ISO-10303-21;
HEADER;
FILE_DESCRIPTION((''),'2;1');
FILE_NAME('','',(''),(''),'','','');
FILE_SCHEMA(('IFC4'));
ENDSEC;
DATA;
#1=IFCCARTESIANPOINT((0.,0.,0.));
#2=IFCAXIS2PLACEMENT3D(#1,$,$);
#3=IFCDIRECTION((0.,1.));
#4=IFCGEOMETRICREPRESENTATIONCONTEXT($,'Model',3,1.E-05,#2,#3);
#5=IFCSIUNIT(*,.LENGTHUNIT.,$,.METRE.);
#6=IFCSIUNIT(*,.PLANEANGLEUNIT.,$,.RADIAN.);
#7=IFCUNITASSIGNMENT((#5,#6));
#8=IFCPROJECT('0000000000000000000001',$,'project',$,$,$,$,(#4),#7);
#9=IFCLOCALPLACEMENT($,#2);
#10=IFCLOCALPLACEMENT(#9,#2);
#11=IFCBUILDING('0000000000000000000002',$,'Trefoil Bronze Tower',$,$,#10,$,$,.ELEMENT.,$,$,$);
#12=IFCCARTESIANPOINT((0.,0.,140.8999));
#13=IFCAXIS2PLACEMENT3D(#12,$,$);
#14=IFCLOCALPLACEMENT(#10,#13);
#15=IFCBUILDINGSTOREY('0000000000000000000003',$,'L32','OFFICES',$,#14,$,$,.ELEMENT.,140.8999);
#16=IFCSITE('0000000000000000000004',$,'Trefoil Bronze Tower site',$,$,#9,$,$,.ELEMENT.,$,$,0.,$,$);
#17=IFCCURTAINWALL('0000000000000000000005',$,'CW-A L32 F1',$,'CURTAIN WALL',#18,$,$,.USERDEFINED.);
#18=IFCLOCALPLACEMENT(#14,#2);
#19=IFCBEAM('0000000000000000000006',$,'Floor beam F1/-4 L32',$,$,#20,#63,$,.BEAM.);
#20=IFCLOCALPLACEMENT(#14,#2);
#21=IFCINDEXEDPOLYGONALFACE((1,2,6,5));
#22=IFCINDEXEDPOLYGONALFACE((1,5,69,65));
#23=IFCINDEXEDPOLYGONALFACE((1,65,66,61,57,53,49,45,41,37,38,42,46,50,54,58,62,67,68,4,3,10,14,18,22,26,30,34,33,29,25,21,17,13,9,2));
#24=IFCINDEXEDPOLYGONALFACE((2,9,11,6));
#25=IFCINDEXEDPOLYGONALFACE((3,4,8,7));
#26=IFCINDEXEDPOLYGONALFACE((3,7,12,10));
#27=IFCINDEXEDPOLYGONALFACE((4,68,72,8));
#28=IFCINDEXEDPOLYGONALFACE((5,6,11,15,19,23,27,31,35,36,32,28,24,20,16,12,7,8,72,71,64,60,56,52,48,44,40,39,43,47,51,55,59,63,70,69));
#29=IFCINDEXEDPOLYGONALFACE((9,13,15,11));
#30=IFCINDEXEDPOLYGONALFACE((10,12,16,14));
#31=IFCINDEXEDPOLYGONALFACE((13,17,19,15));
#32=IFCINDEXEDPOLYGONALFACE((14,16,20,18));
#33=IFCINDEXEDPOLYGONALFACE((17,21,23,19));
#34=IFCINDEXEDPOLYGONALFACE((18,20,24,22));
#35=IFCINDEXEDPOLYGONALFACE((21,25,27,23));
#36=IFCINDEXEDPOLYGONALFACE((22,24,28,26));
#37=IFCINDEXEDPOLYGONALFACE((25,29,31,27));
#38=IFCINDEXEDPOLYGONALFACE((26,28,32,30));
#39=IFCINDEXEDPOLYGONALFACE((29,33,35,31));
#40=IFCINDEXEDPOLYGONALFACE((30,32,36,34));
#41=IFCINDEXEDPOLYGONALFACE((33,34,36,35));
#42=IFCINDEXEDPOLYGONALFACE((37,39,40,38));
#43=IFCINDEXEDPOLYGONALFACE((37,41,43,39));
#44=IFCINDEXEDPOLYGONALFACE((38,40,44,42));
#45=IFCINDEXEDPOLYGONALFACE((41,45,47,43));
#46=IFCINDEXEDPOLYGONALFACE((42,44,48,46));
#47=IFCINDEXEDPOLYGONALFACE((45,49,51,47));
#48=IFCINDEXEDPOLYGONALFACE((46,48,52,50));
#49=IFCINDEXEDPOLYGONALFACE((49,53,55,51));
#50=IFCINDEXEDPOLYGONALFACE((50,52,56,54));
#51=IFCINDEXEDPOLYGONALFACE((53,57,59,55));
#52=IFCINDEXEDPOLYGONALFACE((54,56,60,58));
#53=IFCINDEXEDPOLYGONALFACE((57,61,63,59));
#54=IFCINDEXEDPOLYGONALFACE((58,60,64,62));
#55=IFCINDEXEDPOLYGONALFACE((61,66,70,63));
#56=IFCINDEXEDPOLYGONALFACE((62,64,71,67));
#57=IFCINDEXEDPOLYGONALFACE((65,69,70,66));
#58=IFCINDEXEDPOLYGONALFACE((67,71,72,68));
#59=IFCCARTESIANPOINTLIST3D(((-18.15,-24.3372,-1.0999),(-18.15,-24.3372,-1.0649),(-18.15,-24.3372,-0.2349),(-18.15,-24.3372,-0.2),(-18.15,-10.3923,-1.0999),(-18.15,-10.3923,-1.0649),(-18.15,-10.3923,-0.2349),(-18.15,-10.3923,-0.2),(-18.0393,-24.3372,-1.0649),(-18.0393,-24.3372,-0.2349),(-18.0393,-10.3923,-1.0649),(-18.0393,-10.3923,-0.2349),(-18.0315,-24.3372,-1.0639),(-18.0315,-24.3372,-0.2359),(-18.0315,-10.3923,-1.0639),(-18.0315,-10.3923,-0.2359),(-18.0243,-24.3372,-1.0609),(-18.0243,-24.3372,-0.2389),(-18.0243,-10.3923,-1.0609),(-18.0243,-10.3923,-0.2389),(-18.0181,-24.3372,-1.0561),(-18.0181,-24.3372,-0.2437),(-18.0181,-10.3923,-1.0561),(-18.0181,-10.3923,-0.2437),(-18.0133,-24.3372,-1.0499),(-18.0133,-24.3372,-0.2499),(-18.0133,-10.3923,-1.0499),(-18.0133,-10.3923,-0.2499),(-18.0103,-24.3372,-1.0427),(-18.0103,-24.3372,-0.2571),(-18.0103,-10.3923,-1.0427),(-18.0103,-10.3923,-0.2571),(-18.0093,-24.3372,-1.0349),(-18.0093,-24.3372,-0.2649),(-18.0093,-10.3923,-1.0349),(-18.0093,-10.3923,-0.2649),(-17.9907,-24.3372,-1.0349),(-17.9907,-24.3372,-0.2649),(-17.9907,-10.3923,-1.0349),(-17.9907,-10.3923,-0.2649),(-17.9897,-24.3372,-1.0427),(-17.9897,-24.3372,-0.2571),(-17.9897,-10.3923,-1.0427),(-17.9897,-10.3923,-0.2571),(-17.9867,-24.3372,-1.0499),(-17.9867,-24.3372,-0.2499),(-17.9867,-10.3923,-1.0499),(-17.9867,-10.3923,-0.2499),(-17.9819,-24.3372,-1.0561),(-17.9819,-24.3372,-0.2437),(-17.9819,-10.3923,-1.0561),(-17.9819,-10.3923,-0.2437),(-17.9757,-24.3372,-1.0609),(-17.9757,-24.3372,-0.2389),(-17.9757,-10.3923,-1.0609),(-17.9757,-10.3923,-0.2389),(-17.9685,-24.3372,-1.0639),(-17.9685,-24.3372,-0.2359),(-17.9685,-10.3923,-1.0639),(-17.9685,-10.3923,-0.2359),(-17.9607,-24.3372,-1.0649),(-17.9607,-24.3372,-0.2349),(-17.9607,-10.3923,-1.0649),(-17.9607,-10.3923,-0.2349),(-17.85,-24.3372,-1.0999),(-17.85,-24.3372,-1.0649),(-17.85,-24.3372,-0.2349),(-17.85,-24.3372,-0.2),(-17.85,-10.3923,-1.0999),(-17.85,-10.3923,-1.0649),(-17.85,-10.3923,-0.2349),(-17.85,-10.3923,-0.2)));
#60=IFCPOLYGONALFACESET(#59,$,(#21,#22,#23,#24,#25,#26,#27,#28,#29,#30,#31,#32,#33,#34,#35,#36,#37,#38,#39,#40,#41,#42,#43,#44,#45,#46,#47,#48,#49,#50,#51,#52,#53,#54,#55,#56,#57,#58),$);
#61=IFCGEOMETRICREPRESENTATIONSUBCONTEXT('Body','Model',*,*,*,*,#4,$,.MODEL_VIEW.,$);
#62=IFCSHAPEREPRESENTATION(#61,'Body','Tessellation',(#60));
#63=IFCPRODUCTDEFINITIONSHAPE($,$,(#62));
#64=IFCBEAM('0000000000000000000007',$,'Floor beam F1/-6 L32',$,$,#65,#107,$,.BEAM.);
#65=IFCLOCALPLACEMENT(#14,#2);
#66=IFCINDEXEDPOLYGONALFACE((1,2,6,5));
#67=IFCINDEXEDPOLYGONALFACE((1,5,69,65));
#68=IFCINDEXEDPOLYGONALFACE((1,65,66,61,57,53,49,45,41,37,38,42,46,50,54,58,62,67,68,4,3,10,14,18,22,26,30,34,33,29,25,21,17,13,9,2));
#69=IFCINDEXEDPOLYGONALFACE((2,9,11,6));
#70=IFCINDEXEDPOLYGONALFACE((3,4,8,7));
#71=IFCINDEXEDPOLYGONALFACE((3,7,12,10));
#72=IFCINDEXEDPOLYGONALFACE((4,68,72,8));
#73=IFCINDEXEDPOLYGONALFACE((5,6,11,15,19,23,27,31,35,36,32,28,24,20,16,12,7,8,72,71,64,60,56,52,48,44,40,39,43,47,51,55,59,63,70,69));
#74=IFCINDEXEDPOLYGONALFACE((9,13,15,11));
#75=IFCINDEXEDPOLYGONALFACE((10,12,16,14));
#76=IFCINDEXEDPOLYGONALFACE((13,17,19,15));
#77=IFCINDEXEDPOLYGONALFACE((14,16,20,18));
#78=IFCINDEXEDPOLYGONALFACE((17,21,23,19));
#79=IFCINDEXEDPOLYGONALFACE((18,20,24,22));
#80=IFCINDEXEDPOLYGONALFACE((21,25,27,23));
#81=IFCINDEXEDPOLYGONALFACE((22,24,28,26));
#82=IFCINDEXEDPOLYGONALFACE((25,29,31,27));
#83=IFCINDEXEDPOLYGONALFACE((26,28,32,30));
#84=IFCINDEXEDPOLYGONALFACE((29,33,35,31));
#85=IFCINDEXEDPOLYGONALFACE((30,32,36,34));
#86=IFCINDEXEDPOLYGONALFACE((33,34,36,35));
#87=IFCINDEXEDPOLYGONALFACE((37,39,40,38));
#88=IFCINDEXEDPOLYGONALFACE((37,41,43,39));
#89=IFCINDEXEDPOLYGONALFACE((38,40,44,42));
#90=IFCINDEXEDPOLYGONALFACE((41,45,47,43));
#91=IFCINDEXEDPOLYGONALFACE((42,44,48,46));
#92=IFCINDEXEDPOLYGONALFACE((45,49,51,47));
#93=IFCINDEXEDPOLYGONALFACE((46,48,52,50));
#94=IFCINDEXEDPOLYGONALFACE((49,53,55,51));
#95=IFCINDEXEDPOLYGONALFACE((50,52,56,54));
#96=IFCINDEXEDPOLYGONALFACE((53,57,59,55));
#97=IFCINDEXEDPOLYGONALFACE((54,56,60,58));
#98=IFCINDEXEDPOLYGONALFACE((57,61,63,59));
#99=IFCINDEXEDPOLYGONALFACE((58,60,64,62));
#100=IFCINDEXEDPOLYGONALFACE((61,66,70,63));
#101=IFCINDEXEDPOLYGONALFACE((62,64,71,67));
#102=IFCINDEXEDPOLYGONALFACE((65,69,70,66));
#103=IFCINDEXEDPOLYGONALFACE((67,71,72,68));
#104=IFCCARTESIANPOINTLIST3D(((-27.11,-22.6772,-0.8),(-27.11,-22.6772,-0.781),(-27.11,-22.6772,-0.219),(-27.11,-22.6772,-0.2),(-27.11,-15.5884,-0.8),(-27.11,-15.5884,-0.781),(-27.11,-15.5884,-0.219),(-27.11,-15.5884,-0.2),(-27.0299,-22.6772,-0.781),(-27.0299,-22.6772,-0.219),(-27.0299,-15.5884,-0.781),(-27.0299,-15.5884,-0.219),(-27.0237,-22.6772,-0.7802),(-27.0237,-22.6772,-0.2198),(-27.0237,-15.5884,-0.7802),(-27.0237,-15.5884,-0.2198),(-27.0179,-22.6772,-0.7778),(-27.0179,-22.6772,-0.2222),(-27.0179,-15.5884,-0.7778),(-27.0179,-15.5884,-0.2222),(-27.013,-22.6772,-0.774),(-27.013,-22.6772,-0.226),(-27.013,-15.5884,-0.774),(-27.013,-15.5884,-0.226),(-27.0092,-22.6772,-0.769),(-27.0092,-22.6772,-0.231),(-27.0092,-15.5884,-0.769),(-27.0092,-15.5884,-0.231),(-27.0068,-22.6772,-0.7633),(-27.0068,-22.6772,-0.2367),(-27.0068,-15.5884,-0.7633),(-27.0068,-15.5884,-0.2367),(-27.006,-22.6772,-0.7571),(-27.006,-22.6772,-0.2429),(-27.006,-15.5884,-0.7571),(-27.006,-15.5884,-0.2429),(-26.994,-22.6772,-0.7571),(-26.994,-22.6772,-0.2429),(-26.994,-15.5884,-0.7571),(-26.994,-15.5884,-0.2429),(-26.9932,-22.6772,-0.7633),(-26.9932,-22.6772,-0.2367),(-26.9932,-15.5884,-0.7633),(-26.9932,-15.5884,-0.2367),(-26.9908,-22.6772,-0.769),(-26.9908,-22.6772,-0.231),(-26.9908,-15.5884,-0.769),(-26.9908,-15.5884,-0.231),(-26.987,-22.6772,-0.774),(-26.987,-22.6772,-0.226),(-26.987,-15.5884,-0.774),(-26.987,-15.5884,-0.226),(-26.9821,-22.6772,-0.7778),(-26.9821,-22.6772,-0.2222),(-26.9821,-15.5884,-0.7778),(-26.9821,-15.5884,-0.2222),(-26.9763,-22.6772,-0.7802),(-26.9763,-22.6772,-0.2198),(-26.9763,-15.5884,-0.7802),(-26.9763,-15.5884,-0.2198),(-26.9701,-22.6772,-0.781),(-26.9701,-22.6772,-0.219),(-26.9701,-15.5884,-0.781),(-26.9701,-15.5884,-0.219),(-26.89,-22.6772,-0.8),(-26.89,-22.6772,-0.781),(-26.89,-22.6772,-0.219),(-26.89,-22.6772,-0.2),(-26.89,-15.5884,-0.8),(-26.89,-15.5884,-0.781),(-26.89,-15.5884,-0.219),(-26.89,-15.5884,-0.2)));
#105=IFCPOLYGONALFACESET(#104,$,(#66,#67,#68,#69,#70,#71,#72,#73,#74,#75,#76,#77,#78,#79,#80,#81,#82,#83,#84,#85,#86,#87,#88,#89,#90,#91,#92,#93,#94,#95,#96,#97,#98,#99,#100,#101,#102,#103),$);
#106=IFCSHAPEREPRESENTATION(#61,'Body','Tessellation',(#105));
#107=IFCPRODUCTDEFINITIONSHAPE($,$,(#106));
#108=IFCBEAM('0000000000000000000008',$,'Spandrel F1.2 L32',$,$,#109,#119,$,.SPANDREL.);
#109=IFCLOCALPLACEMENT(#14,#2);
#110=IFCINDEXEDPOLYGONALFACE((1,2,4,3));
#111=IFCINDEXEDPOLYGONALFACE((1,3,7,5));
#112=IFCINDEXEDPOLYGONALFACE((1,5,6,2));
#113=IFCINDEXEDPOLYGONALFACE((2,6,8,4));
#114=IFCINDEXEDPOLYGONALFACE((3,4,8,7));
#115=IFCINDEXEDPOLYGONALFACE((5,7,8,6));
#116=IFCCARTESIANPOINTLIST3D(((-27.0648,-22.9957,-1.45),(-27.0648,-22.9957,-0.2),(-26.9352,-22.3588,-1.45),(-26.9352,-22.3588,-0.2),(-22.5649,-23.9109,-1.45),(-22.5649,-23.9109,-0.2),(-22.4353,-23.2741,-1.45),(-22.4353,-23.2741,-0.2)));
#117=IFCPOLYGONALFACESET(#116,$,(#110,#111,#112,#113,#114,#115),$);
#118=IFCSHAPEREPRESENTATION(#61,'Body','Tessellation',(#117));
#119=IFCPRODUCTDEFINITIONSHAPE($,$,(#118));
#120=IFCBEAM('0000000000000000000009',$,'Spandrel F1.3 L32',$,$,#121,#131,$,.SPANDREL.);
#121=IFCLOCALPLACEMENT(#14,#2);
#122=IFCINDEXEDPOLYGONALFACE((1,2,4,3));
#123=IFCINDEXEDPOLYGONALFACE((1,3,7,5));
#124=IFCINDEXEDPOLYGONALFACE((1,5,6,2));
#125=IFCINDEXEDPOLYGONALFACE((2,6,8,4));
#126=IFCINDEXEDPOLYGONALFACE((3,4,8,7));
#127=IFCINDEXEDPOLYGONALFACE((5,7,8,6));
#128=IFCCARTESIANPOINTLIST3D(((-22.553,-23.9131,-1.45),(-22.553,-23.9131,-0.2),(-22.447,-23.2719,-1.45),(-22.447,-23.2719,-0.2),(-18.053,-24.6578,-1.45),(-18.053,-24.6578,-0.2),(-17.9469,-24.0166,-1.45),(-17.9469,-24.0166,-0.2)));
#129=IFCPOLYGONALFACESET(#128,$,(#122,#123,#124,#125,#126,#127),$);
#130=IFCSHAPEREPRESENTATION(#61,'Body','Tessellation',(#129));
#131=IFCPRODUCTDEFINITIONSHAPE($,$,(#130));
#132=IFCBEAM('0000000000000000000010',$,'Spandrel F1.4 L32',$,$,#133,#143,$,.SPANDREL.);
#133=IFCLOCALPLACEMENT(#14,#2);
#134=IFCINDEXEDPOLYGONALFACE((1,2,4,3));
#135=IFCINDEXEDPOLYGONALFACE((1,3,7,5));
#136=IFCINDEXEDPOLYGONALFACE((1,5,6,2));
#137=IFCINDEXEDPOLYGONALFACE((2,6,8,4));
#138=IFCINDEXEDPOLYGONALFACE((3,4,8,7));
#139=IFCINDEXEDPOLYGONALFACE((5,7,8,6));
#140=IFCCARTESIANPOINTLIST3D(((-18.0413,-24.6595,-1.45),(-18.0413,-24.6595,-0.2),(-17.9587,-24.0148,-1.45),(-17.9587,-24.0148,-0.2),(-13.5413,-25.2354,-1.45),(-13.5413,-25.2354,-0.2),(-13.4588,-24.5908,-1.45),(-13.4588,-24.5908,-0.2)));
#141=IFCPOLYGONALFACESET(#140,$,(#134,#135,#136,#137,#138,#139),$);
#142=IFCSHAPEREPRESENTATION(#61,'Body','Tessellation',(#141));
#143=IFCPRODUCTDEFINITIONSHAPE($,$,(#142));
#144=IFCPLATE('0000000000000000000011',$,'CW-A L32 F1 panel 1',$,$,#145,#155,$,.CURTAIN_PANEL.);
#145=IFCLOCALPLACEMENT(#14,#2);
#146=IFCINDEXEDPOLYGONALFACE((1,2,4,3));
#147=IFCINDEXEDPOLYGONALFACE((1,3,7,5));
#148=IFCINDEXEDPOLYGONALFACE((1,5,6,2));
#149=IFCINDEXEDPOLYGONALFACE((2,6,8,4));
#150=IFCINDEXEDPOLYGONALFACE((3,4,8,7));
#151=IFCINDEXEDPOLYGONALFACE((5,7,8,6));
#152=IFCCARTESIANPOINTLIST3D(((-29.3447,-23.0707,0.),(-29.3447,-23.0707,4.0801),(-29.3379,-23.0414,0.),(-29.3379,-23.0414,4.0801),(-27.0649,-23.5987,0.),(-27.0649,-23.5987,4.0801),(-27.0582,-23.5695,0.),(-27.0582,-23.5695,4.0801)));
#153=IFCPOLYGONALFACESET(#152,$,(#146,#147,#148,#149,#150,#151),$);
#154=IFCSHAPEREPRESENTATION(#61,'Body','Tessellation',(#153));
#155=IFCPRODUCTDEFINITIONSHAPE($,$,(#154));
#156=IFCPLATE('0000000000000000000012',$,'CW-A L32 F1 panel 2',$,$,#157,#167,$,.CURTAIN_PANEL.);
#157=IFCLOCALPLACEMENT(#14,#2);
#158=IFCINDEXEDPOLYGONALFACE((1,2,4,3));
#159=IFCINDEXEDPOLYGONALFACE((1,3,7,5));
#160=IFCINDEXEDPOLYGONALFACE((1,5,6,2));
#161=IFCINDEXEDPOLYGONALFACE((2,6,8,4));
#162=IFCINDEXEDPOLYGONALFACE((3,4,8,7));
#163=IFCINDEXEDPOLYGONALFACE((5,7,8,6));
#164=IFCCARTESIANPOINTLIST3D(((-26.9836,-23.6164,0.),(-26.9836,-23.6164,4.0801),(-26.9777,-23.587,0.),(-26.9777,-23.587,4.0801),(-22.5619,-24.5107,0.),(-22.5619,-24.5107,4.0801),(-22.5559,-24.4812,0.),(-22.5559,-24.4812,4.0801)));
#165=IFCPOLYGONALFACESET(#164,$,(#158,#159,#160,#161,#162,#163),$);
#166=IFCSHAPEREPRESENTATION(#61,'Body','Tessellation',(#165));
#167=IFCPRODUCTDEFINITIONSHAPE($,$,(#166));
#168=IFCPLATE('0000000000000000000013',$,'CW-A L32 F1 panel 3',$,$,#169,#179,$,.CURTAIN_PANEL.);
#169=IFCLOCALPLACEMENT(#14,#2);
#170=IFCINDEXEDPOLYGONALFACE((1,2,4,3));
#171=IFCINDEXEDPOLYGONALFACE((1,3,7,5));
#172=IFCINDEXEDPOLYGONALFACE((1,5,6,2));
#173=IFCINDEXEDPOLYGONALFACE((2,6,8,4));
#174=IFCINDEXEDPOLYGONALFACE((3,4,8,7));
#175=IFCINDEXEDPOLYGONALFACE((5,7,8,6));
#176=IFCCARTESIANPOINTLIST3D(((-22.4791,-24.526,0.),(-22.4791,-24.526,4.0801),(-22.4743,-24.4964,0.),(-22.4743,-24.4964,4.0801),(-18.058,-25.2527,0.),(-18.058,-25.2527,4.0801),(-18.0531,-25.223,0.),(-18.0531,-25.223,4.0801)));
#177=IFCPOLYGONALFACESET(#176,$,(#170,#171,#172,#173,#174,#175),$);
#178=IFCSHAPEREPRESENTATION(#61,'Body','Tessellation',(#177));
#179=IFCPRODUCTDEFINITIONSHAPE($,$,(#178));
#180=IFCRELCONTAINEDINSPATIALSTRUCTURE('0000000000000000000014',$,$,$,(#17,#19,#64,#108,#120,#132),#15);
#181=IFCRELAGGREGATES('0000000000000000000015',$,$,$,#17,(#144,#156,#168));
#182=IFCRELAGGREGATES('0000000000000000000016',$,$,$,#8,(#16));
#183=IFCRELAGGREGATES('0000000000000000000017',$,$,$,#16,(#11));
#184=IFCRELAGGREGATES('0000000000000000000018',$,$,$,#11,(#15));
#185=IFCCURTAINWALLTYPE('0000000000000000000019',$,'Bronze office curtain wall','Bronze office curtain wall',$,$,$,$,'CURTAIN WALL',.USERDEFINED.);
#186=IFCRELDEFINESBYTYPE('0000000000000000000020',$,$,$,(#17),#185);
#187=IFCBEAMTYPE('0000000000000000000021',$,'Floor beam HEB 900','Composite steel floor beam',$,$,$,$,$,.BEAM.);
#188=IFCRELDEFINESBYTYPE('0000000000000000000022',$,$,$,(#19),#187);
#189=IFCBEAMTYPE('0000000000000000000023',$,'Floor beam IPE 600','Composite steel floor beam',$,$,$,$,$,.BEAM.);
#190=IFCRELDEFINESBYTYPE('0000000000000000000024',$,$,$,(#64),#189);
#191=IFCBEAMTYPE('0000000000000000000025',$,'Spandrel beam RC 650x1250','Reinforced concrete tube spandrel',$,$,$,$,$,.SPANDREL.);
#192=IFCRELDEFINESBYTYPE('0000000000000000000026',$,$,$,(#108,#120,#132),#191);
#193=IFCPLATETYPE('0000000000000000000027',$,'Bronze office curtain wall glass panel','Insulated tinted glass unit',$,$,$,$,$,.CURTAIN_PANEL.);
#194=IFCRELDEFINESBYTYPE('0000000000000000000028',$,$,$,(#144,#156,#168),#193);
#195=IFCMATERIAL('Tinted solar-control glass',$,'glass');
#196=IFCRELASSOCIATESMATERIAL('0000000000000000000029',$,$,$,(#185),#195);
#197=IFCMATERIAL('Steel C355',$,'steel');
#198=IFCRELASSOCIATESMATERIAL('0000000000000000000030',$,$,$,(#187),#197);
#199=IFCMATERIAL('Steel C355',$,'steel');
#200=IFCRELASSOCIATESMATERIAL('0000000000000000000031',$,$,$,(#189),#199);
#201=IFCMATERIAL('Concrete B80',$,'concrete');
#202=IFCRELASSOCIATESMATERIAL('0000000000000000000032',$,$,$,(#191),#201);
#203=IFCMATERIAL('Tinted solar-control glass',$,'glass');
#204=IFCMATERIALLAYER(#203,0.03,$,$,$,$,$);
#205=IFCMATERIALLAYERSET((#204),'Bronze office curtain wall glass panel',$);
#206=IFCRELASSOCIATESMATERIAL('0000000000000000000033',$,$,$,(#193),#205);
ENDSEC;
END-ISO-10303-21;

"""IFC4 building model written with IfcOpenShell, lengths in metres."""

from ifc_helpers import new_model, si_unit, direction, frame, origin, origin_2d, place, context, subcontext, project, spatial, rectangle, i_section, extrude, material, layer, layer_set, material_profile, profile_set, type_object, element, aggregate, save


model = new_model("IFC4")

# Units and contexts
model_context = context("Model", 3, precision=1e-05, world=origin(), true_north=direction((0.0, 1.0)))
body_context = subcontext(model_context, "Body", "Model", "MODEL_VIEW")
ifc_project = project(units=[si_unit("LENGTHUNIT", "METRE"), si_unit("PLANEANGLEUNIT", "RADIAN")], contexts=[model_context])

# Site, building, storey
site_placement = place(None, origin())
site = spatial("IfcSite", under=ifc_project, at=site_placement, Name="Trefoil Bronze Tower site", CompositionType="ELEMENT", RefElevation=0.0)
building_placement = place(site_placement, origin())
building = spatial("IfcBuilding", under=site, at=building_placement, Name="Trefoil Bronze Tower", CompositionType="ELEMENT")
storey_placement = place(building_placement, frame((0.0, 0.0, 140.8999)))
storey = spatial("IfcBuildingStorey", under=building, at=storey_placement, Name="L32", Description="OFFICES", CompositionType="ELEMENT", Elevation=140.8999)

# Curtain wall
ifc_material_1 = material(Name="Tinted solar-control glass", Category="glass")
curtain_wall_type_1 = type_object("IfcCurtainWallType", Name="Bronze office curtain wall", Description="Bronze office curtain wall", ElementType="CURTAIN WALL", PredefinedType="USERDEFINED", material=ifc_material_1)
curtain_wall_1_placement = place(storey_placement, origin())
curtain_wall_1 = element("IfcCurtainWall", 1, at=curtain_wall_1_placement, inside=storey, type_object=curtain_wall_type_1, Name="CW-A L32 F1", ObjectType="CURTAIN WALL", PredefinedType="USERDEFINED")

# Beams
ifc_material_2 = material(Name="Steel C355", Category="steel")
ifc_material_profile_1 = material_profile(ifc_material_2, i_section(OverallWidth=0.3, OverallDepth=0.8999, WebThickness=0.0186, FlangeThickness=0.0349, FilletRadius=0.03, at=origin_2d()), Name="HEB 900")
ifc_profile_set_1 = profile_set([ifc_material_profile_1], Name="Steel C355")
beam_type_1 = type_object("IfcBeamType", Name="Floor beam HEB 900", Description="Composite steel floor beam", PredefinedType="BEAM", material=ifc_profile_set_1)
beam_1_placement = place(storey_placement, frame((-18.0, -24.3372, -0.6499), z_axis=(0.0, 1.0, 0.0), x_axis=(-1.0, 0.0, 0.0)))
element("IfcBeam", 2, at=beam_1_placement, inside=storey, type_object=beam_type_1, Name="Floor beam F1/-4 L32", PredefinedType="BEAM", context=body_context, shape_type="SweptSolid", body=[
    extrude(i_section(OverallWidth=0.3, OverallDepth=0.8999, WebThickness=0.0186, FlangeThickness=0.0349, FilletRadius=0.03, at=origin_2d()), origin(), (0.0, 0.0, 1.0), 13.9448),
])
ifc_material_3 = material(Name="Steel C355", Category="steel")
ifc_material_profile_2 = material_profile(ifc_material_3, i_section(OverallWidth=0.22, OverallDepth=0.6001, WebThickness=0.012, FlangeThickness=0.019, FilletRadius=0.0239, at=origin_2d()), Name="IPE 600")
ifc_profile_set_2 = profile_set([ifc_material_profile_2], Name="Steel C355")
beam_type_2 = type_object("IfcBeamType", Name="Floor beam IPE 600", Description="Composite steel floor beam", PredefinedType="BEAM", material=ifc_profile_set_2)
beam_2_placement = place(storey_placement, frame((-27.0, -22.6772, -0.5), z_axis=(0.0, 1.0, 0.0), x_axis=(-1.0, 0.0, 0.0)))
element("IfcBeam", 3, at=beam_2_placement, inside=storey, type_object=beam_type_2, Name="Floor beam F1/-6 L32", PredefinedType="BEAM", context=body_context, shape_type="SweptSolid", body=[
    extrude(i_section(OverallWidth=0.22, OverallDepth=0.6001, WebThickness=0.012, FlangeThickness=0.019, FilletRadius=0.0239, at=origin_2d()), origin(), (0.0, 0.0, 1.0), 7.0889),
])
ifc_material_4 = material(Name="Concrete B80", Category="concrete")
ifc_material_profile_3 = material_profile(ifc_material_4, rectangle(XDim=0.6499, YDim=1.25, at=origin_2d()), Name="RC 650x1250")
ifc_profile_set_3 = profile_set([ifc_material_profile_3], Name="Concrete B80")
beam_type_3 = type_object("IfcBeamType", Name="Spandrel beam RC 650x1250", Description="Reinforced concrete tube spandrel", PredefinedType="SPANDREL", material=ifc_profile_set_3)
beam_3_placement = place(storey_placement, frame((-27.0, -22.6772, -0.825), z_axis=(0.979935, -0.199315, 0.0), x_axis=(0.199315, 0.979935, 0.0)))
element("IfcBeam", 4, at=beam_3_placement, inside=storey, type_object=beam_type_3, Name="Spandrel F1.2 L32", PredefinedType="SPANDREL", context=body_context, shape_type="SweptSolid", body=[
    extrude(rectangle(XDim=0.6499, YDim=1.25, at=origin_2d()), origin(), (0.0, 0.0, 1.0), 4.592),
])
beam_4_placement = place(storey_placement, frame((-22.5, -23.5925, -0.825), z_axis=(0.986584, -0.163253, 0.0), x_axis=(0.163253, 0.986584, 0.0)))
element("IfcBeam", 5, at=beam_4_placement, inside=storey, type_object=beam_type_3, Name="Spandrel F1.3 L32", PredefinedType="SPANDREL", context=body_context, shape_type="SweptSolid", body=[
    extrude(rectangle(XDim=0.6499, YDim=1.25, at=origin_2d()), origin(), (0.0, 0.0, 1.0), 4.5613),
])
beam_5_placement = place(storey_placement, frame((-18.0, -24.3372, -0.825), z_axis=(0.991909, -0.126948, 0.0), x_axis=(0.126948, 0.991909, 0.0)))
element("IfcBeam", 6, at=beam_5_placement, inside=storey, type_object=beam_type_3, Name="Spandrel F1.4 L32", PredefinedType="SPANDREL", context=body_context, shape_type="SweptSolid", body=[
    extrude(rectangle(XDim=0.6499, YDim=1.25, at=origin_2d()), origin(), (0.0, 0.0, 1.0), 4.5366),
])

# Plates
ifc_material_5 = material(Name="Tinted solar-control glass", Category="glass")
ifc_layer_1 = layer(ifc_material_5, 0.03)
ifc_layer_set_1 = layer_set([ifc_layer_1], Name="Bronze office curtain wall glass panel")
plate_type_1 = type_object("IfcPlateType", Name="Bronze office curtain wall glass panel", Description="Insulated tinted glass unit", PredefinedType="CURTAIN_PANEL", material=ifc_layer_set_1)
plate_1_placement = place(storey_placement, frame((-28.2014, -23.3201, 0.0), z_axis=(0.0, 0.0, 1.0), x_axis=(0.974204, -0.225667, 0.0)))
plate_1 = element("IfcPlate", 7, at=plate_1_placement, type_object=plate_type_1, Name="CW-A L32 F1 panel 1", PredefinedType="CURTAIN_PANEL", context=body_context, shape_type="SweptSolid", body=[
    extrude(rectangle(XDim=2.3401, YDim=0.03, at=origin_2d()), origin(), (0.0, 0.0, 1.0), 4.0801),
])
plate_2_placement = place(storey_placement, frame((-24.7698, -24.0488, 0.0), z_axis=(0.0, 0.0, 1.0), x_axis=(0.980155, -0.198232, 0.0)))
plate_2 = element("IfcPlate", 8, at=plate_2_placement, type_object=plate_type_1, Name="CW-A L32 F1 panel 2", PredefinedType="CURTAIN_PANEL", context=body_context, shape_type="SweptSolid", body=[
    extrude(rectangle(XDim=4.5112, YDim=0.03, at=origin_2d()), origin(), (0.0, 0.0, 1.0), 4.0801),
])
plate_3_placement = place(storey_placement, frame((-20.2661, -24.8745, 0.0), z_axis=(0.0, 0.0, 1.0), x_axis=(0.98676, -0.162189, 0.0)))
plate_3 = element("IfcPlate", 9, at=plate_3_placement, type_object=plate_type_1, Name="CW-A L32 F1 panel 3", PredefinedType="CURTAIN_PANEL", context=body_context, shape_type="SweptSolid", body=[
    extrude(rectangle(XDim=4.4805, YDim=0.03, at=origin_2d()), origin(), (0.0, 0.0, 1.0), 4.0801),
])
aggregate(curtain_wall_1, [plate_1, plate_2, plate_3])

save(model, "model.ifc")
